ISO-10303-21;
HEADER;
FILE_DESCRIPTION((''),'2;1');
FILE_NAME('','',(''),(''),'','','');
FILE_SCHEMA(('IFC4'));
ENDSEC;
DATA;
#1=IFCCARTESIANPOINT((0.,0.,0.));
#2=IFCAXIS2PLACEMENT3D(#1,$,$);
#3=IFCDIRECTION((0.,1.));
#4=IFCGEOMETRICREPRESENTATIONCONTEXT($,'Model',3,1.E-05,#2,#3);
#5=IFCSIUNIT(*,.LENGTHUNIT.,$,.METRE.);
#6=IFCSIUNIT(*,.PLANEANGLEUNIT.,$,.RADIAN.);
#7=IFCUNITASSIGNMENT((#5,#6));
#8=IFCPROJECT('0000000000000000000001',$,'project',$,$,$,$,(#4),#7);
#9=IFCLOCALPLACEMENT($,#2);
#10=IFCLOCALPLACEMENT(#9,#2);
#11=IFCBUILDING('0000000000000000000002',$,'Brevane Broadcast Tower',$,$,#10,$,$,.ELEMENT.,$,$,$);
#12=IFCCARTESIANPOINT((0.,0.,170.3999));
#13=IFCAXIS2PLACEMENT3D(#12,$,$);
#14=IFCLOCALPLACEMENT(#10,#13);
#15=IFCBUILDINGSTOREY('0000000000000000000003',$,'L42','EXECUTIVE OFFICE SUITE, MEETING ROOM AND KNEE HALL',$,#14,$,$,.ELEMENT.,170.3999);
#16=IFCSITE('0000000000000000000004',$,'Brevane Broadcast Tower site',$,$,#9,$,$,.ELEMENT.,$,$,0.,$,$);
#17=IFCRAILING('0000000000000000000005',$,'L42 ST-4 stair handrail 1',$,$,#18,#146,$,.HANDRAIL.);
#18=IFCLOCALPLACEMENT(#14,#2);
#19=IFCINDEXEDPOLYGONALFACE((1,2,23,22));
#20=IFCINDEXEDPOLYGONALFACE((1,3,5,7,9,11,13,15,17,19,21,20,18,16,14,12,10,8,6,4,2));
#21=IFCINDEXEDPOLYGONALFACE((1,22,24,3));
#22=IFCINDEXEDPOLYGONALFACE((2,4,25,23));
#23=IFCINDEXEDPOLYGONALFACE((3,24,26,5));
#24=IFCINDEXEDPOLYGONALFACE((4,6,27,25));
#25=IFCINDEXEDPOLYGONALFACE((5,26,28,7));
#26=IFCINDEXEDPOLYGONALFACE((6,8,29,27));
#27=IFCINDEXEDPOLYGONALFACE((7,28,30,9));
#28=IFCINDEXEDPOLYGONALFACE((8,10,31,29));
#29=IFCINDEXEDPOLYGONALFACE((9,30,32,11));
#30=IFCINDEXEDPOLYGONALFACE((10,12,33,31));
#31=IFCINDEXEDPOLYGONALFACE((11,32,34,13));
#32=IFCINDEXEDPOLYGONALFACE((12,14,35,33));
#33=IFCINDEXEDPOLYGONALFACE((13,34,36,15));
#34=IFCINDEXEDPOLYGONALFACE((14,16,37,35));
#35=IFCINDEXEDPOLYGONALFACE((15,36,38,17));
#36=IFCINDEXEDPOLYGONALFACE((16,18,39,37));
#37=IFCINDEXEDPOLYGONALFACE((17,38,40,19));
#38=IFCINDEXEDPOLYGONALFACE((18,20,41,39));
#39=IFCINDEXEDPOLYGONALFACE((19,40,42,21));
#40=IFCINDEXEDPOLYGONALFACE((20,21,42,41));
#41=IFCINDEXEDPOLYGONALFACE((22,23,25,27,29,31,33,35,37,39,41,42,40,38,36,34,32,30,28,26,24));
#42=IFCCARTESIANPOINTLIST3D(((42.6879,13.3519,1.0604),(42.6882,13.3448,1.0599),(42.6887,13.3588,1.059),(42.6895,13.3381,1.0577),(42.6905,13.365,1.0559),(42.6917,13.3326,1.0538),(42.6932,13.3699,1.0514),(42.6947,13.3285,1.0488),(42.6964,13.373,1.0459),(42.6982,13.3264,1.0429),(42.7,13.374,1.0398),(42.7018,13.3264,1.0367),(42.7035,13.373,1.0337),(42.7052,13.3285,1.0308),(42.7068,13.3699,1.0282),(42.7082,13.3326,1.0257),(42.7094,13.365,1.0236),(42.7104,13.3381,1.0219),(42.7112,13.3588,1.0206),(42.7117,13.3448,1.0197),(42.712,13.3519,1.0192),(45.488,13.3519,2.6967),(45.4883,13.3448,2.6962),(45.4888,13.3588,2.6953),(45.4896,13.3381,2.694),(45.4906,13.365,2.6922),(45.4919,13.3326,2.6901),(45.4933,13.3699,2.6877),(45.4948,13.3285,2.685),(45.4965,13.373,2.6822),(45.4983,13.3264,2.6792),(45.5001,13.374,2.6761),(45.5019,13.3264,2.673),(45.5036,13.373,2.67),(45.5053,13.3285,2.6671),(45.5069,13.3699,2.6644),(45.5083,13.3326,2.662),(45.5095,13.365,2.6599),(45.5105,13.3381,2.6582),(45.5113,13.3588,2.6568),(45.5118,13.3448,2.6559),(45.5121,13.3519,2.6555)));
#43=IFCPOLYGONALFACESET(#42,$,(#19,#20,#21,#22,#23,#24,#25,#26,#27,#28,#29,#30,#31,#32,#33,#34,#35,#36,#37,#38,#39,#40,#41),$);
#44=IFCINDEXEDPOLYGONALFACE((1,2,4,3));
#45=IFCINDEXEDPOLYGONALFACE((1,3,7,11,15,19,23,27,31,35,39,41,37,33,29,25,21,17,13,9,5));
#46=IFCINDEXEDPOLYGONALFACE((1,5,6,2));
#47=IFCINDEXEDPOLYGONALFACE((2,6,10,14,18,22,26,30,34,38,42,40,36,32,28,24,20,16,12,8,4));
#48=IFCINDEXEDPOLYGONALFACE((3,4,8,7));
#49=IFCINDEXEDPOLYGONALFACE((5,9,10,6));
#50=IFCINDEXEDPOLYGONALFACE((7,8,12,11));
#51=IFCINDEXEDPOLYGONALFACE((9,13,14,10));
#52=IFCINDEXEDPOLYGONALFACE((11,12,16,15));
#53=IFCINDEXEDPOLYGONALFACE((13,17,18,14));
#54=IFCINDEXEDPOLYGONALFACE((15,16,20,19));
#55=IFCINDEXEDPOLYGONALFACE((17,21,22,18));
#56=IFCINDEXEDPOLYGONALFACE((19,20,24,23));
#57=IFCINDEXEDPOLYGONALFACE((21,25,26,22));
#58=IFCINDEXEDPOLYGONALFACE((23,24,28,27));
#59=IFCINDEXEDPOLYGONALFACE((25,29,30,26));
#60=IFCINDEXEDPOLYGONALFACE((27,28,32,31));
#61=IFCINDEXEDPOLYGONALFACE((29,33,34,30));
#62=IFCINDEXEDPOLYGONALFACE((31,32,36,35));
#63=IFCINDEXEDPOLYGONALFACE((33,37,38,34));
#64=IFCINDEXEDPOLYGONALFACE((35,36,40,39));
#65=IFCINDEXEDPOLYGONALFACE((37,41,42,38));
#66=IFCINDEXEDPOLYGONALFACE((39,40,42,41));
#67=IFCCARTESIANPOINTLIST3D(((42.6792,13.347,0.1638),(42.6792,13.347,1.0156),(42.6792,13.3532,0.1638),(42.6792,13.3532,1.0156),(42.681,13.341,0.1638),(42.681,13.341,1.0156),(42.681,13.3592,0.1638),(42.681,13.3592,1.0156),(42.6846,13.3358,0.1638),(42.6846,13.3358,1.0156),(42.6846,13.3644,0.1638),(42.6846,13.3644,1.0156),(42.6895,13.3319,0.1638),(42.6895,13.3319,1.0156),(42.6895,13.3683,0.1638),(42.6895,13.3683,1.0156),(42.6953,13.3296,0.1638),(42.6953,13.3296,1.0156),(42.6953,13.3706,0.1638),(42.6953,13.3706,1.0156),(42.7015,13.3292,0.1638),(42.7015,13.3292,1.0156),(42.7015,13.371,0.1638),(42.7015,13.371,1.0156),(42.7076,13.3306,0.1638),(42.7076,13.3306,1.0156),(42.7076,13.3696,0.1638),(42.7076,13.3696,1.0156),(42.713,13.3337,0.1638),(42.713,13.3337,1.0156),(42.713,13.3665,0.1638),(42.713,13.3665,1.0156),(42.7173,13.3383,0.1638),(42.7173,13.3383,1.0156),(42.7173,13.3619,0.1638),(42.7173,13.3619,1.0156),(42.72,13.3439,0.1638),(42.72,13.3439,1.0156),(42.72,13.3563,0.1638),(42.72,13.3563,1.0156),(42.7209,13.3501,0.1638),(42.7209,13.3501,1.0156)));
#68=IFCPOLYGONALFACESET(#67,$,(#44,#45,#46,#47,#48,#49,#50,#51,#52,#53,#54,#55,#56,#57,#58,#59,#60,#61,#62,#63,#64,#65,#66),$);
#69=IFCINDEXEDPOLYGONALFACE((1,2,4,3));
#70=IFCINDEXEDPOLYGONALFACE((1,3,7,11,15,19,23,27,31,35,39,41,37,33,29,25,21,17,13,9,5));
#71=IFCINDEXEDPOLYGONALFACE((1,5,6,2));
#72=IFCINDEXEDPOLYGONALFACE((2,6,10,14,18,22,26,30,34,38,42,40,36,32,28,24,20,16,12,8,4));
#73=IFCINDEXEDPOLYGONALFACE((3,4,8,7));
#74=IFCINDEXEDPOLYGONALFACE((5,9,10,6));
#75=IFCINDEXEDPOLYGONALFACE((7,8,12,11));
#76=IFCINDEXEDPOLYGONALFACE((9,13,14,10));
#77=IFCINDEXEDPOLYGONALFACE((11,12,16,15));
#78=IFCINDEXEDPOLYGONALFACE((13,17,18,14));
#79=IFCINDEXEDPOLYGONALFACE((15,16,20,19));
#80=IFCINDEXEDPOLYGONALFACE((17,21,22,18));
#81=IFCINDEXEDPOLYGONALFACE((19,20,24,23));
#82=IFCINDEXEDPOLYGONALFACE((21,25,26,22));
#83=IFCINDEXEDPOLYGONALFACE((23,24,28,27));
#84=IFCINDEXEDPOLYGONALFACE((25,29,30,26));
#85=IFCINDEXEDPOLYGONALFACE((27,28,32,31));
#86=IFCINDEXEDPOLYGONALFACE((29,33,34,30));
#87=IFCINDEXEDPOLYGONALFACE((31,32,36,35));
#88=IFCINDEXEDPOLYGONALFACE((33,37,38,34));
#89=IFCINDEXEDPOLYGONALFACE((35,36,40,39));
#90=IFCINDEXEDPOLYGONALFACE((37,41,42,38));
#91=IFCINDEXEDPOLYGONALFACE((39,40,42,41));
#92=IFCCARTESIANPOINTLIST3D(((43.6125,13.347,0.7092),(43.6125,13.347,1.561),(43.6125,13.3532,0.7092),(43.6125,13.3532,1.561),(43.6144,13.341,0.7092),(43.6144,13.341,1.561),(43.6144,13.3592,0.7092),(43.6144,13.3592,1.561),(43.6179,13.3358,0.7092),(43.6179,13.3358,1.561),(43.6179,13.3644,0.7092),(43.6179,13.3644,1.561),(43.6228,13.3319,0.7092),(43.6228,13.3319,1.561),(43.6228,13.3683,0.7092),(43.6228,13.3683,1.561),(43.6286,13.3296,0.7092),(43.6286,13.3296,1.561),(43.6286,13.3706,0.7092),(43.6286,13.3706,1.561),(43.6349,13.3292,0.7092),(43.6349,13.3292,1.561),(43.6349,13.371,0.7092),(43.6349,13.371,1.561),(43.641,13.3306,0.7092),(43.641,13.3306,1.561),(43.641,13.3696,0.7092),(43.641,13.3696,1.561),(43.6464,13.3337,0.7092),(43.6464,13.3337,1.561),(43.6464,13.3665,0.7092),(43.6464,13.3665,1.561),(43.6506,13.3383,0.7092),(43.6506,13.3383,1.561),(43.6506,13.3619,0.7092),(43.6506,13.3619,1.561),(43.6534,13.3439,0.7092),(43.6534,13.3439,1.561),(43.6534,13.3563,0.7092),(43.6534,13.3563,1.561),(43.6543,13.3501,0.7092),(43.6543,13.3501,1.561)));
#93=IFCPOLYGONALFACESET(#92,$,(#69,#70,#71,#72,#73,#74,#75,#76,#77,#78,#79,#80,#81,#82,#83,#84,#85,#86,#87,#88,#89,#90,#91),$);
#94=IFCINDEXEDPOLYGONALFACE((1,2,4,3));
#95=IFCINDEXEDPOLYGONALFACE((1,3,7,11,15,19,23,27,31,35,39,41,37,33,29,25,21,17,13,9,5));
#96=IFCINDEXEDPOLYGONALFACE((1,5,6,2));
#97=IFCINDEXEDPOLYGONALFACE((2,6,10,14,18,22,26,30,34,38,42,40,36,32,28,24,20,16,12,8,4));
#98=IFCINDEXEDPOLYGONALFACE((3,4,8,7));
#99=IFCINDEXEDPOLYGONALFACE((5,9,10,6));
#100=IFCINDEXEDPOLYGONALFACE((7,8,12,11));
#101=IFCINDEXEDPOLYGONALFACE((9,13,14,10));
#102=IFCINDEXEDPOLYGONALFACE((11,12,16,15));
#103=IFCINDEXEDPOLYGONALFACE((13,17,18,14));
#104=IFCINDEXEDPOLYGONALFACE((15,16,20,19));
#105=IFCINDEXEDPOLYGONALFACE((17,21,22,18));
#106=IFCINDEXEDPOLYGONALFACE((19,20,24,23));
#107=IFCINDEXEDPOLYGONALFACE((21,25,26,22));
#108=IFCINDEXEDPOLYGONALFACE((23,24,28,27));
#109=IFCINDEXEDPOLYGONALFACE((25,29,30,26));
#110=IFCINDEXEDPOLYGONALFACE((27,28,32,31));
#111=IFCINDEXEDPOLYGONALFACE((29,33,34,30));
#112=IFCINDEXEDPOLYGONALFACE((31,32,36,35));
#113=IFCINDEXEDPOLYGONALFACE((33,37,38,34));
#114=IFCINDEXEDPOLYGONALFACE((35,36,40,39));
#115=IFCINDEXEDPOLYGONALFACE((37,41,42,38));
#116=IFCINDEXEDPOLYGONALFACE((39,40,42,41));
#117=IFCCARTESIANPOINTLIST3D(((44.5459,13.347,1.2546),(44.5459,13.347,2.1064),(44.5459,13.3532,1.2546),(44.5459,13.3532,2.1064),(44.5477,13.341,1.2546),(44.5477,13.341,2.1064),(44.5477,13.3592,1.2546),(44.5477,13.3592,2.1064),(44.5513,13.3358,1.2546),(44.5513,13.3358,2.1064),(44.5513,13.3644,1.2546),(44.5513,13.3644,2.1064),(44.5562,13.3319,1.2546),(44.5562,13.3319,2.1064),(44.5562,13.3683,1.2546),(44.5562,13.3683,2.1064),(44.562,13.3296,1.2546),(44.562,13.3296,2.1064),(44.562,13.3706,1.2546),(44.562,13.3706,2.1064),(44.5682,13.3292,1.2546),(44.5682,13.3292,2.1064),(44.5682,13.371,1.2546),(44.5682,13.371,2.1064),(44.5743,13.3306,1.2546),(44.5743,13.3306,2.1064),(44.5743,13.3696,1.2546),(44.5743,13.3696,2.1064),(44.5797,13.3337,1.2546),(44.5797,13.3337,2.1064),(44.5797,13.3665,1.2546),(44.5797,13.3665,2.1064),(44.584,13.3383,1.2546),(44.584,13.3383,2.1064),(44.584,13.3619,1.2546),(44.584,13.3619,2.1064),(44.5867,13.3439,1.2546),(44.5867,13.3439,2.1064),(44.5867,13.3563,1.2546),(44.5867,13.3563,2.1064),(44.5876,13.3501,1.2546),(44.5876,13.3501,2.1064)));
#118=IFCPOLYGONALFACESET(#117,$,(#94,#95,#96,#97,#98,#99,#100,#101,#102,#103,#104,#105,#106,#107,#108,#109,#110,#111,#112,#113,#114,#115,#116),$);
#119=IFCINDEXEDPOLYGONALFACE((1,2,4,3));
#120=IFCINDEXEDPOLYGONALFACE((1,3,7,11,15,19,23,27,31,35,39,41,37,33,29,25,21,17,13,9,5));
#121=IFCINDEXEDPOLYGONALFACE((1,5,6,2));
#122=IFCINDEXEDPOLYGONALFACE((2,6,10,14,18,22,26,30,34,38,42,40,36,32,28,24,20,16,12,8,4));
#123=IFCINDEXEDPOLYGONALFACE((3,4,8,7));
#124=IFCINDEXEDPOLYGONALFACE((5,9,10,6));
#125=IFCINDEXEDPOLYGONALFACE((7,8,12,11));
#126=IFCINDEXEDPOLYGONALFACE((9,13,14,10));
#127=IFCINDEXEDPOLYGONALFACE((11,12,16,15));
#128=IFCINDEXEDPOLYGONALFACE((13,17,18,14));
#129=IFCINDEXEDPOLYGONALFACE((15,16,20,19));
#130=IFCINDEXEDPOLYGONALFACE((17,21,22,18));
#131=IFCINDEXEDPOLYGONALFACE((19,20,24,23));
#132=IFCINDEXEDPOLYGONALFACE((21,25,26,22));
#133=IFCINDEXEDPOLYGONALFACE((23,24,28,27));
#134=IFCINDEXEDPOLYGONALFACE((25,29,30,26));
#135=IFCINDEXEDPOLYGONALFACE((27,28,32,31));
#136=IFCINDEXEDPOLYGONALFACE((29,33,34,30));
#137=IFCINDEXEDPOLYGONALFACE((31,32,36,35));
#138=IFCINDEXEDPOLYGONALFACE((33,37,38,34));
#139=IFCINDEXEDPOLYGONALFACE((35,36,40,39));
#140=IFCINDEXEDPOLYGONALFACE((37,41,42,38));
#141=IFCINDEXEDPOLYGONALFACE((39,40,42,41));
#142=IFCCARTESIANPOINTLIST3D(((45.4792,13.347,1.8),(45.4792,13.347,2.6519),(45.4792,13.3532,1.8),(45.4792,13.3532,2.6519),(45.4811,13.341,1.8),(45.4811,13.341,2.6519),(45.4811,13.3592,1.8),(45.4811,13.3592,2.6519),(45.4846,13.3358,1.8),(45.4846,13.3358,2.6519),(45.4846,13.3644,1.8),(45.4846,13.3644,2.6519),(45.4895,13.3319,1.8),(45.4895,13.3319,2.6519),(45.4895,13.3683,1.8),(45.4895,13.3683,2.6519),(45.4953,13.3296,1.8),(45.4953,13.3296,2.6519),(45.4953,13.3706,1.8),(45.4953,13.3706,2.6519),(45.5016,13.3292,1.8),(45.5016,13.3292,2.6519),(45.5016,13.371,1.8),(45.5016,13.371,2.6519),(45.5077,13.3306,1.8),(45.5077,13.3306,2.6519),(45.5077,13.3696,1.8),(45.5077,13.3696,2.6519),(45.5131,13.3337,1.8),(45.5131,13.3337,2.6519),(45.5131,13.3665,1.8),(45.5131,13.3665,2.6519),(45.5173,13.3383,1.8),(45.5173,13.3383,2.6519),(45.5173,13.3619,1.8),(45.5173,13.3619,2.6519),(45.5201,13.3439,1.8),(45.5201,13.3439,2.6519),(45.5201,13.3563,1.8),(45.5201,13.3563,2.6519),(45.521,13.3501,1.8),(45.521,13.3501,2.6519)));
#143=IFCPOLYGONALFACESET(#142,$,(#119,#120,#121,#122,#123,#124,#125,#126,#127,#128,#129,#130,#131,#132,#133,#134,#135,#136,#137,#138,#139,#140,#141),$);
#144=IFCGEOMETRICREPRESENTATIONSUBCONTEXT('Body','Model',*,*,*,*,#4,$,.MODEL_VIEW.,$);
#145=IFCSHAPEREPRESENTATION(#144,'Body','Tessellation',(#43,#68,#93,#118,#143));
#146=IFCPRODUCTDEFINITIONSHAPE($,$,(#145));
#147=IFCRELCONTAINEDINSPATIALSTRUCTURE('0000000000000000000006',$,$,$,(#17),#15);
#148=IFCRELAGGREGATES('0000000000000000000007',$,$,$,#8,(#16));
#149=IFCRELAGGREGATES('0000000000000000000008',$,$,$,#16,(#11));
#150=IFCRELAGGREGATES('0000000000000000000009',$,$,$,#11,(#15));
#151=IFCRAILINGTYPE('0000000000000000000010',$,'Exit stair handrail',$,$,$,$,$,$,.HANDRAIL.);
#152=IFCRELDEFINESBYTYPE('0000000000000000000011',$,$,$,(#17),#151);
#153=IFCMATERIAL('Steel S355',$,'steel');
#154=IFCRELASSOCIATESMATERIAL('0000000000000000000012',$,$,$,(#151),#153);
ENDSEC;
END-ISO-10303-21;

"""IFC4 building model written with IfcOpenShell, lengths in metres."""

from ifc_helpers import new_model, si_unit, direction, frame, origin, origin_2d, place, context, subcontext, project, spatial, circle, extrude, material, type_object, element, save


model = new_model("IFC4")

# Units and contexts
model_context = context("Model", 3, precision=1e-05, world=origin(), true_north=direction((0.0, 1.0)))
body_context = subcontext(model_context, "Body", "Model", "MODEL_VIEW")
ifc_project = project(units=[si_unit("LENGTHUNIT", "METRE"), si_unit("PLANEANGLEUNIT", "RADIAN")], contexts=[model_context])

# Site, building, storey
site_placement = place(None, origin())
site = spatial("IfcSite", under=ifc_project, at=site_placement, Name="Brevane Broadcast Tower site", CompositionType="ELEMENT", RefElevation=0.0)
building_placement = place(site_placement, origin())
building = spatial("IfcBuilding", under=site, at=building_placement, Name="Brevane Broadcast Tower", CompositionType="ELEMENT")
storey_placement = place(building_placement, frame((0.0, 0.0, 170.3999)))
storey = spatial("IfcBuildingStorey", under=building, at=storey_placement, Name="L42", Description="EXECUTIVE OFFICE SUITE, MEETING ROOM AND KNEE HALL", CompositionType="ELEMENT", Elevation=170.3999)

# Railing
ifc_material_1 = material(Name="Steel S355", Category="steel")
railing_type_1 = type_object("IfcRailingType", Name="Exit stair handrail", PredefinedType="HANDRAIL", material=ifc_material_1)
railing_1_placement = place(storey_placement, frame((42.7, 13.3501, 0.1638)))
element("IfcRailing", 1, at=railing_1_placement, inside=storey, type_object=railing_type_1, Name="L42 ST-4 stair handrail 1", PredefinedType="HANDRAIL", context=body_context, shape_type="SweptSolid", body=[
    extrude(circle(Radius=0.0239, at=origin_2d()), frame((0.0, 0.0, 0.876), z_axis=(0.863394, 0.0, 0.504531), x_axis=(0.0, 1.0, 0.0)), (0.0, 0.0, 1.0), 3.2432),
    extrude(circle(Radius=0.021, at=origin_2d()), origin(), (0.0, 0.0, 1.0), 0.8518),
    extrude(circle(Radius=0.021, at=origin_2d()), frame((0.9333, 0.0, 0.5454)), (0.0, 0.0, 1.0), 0.8518),
    extrude(circle(Radius=0.021, at=origin_2d()), frame((1.8667, 0.0, 1.0908)), (0.0, 0.0, 1.0), 0.8518),
    extrude(circle(Radius=0.021, at=origin_2d()), frame((2.8, 0.0, 1.6362)), (0.0, 0.0, 1.0), 0.8518),
])

save(model, "model.ifc")
